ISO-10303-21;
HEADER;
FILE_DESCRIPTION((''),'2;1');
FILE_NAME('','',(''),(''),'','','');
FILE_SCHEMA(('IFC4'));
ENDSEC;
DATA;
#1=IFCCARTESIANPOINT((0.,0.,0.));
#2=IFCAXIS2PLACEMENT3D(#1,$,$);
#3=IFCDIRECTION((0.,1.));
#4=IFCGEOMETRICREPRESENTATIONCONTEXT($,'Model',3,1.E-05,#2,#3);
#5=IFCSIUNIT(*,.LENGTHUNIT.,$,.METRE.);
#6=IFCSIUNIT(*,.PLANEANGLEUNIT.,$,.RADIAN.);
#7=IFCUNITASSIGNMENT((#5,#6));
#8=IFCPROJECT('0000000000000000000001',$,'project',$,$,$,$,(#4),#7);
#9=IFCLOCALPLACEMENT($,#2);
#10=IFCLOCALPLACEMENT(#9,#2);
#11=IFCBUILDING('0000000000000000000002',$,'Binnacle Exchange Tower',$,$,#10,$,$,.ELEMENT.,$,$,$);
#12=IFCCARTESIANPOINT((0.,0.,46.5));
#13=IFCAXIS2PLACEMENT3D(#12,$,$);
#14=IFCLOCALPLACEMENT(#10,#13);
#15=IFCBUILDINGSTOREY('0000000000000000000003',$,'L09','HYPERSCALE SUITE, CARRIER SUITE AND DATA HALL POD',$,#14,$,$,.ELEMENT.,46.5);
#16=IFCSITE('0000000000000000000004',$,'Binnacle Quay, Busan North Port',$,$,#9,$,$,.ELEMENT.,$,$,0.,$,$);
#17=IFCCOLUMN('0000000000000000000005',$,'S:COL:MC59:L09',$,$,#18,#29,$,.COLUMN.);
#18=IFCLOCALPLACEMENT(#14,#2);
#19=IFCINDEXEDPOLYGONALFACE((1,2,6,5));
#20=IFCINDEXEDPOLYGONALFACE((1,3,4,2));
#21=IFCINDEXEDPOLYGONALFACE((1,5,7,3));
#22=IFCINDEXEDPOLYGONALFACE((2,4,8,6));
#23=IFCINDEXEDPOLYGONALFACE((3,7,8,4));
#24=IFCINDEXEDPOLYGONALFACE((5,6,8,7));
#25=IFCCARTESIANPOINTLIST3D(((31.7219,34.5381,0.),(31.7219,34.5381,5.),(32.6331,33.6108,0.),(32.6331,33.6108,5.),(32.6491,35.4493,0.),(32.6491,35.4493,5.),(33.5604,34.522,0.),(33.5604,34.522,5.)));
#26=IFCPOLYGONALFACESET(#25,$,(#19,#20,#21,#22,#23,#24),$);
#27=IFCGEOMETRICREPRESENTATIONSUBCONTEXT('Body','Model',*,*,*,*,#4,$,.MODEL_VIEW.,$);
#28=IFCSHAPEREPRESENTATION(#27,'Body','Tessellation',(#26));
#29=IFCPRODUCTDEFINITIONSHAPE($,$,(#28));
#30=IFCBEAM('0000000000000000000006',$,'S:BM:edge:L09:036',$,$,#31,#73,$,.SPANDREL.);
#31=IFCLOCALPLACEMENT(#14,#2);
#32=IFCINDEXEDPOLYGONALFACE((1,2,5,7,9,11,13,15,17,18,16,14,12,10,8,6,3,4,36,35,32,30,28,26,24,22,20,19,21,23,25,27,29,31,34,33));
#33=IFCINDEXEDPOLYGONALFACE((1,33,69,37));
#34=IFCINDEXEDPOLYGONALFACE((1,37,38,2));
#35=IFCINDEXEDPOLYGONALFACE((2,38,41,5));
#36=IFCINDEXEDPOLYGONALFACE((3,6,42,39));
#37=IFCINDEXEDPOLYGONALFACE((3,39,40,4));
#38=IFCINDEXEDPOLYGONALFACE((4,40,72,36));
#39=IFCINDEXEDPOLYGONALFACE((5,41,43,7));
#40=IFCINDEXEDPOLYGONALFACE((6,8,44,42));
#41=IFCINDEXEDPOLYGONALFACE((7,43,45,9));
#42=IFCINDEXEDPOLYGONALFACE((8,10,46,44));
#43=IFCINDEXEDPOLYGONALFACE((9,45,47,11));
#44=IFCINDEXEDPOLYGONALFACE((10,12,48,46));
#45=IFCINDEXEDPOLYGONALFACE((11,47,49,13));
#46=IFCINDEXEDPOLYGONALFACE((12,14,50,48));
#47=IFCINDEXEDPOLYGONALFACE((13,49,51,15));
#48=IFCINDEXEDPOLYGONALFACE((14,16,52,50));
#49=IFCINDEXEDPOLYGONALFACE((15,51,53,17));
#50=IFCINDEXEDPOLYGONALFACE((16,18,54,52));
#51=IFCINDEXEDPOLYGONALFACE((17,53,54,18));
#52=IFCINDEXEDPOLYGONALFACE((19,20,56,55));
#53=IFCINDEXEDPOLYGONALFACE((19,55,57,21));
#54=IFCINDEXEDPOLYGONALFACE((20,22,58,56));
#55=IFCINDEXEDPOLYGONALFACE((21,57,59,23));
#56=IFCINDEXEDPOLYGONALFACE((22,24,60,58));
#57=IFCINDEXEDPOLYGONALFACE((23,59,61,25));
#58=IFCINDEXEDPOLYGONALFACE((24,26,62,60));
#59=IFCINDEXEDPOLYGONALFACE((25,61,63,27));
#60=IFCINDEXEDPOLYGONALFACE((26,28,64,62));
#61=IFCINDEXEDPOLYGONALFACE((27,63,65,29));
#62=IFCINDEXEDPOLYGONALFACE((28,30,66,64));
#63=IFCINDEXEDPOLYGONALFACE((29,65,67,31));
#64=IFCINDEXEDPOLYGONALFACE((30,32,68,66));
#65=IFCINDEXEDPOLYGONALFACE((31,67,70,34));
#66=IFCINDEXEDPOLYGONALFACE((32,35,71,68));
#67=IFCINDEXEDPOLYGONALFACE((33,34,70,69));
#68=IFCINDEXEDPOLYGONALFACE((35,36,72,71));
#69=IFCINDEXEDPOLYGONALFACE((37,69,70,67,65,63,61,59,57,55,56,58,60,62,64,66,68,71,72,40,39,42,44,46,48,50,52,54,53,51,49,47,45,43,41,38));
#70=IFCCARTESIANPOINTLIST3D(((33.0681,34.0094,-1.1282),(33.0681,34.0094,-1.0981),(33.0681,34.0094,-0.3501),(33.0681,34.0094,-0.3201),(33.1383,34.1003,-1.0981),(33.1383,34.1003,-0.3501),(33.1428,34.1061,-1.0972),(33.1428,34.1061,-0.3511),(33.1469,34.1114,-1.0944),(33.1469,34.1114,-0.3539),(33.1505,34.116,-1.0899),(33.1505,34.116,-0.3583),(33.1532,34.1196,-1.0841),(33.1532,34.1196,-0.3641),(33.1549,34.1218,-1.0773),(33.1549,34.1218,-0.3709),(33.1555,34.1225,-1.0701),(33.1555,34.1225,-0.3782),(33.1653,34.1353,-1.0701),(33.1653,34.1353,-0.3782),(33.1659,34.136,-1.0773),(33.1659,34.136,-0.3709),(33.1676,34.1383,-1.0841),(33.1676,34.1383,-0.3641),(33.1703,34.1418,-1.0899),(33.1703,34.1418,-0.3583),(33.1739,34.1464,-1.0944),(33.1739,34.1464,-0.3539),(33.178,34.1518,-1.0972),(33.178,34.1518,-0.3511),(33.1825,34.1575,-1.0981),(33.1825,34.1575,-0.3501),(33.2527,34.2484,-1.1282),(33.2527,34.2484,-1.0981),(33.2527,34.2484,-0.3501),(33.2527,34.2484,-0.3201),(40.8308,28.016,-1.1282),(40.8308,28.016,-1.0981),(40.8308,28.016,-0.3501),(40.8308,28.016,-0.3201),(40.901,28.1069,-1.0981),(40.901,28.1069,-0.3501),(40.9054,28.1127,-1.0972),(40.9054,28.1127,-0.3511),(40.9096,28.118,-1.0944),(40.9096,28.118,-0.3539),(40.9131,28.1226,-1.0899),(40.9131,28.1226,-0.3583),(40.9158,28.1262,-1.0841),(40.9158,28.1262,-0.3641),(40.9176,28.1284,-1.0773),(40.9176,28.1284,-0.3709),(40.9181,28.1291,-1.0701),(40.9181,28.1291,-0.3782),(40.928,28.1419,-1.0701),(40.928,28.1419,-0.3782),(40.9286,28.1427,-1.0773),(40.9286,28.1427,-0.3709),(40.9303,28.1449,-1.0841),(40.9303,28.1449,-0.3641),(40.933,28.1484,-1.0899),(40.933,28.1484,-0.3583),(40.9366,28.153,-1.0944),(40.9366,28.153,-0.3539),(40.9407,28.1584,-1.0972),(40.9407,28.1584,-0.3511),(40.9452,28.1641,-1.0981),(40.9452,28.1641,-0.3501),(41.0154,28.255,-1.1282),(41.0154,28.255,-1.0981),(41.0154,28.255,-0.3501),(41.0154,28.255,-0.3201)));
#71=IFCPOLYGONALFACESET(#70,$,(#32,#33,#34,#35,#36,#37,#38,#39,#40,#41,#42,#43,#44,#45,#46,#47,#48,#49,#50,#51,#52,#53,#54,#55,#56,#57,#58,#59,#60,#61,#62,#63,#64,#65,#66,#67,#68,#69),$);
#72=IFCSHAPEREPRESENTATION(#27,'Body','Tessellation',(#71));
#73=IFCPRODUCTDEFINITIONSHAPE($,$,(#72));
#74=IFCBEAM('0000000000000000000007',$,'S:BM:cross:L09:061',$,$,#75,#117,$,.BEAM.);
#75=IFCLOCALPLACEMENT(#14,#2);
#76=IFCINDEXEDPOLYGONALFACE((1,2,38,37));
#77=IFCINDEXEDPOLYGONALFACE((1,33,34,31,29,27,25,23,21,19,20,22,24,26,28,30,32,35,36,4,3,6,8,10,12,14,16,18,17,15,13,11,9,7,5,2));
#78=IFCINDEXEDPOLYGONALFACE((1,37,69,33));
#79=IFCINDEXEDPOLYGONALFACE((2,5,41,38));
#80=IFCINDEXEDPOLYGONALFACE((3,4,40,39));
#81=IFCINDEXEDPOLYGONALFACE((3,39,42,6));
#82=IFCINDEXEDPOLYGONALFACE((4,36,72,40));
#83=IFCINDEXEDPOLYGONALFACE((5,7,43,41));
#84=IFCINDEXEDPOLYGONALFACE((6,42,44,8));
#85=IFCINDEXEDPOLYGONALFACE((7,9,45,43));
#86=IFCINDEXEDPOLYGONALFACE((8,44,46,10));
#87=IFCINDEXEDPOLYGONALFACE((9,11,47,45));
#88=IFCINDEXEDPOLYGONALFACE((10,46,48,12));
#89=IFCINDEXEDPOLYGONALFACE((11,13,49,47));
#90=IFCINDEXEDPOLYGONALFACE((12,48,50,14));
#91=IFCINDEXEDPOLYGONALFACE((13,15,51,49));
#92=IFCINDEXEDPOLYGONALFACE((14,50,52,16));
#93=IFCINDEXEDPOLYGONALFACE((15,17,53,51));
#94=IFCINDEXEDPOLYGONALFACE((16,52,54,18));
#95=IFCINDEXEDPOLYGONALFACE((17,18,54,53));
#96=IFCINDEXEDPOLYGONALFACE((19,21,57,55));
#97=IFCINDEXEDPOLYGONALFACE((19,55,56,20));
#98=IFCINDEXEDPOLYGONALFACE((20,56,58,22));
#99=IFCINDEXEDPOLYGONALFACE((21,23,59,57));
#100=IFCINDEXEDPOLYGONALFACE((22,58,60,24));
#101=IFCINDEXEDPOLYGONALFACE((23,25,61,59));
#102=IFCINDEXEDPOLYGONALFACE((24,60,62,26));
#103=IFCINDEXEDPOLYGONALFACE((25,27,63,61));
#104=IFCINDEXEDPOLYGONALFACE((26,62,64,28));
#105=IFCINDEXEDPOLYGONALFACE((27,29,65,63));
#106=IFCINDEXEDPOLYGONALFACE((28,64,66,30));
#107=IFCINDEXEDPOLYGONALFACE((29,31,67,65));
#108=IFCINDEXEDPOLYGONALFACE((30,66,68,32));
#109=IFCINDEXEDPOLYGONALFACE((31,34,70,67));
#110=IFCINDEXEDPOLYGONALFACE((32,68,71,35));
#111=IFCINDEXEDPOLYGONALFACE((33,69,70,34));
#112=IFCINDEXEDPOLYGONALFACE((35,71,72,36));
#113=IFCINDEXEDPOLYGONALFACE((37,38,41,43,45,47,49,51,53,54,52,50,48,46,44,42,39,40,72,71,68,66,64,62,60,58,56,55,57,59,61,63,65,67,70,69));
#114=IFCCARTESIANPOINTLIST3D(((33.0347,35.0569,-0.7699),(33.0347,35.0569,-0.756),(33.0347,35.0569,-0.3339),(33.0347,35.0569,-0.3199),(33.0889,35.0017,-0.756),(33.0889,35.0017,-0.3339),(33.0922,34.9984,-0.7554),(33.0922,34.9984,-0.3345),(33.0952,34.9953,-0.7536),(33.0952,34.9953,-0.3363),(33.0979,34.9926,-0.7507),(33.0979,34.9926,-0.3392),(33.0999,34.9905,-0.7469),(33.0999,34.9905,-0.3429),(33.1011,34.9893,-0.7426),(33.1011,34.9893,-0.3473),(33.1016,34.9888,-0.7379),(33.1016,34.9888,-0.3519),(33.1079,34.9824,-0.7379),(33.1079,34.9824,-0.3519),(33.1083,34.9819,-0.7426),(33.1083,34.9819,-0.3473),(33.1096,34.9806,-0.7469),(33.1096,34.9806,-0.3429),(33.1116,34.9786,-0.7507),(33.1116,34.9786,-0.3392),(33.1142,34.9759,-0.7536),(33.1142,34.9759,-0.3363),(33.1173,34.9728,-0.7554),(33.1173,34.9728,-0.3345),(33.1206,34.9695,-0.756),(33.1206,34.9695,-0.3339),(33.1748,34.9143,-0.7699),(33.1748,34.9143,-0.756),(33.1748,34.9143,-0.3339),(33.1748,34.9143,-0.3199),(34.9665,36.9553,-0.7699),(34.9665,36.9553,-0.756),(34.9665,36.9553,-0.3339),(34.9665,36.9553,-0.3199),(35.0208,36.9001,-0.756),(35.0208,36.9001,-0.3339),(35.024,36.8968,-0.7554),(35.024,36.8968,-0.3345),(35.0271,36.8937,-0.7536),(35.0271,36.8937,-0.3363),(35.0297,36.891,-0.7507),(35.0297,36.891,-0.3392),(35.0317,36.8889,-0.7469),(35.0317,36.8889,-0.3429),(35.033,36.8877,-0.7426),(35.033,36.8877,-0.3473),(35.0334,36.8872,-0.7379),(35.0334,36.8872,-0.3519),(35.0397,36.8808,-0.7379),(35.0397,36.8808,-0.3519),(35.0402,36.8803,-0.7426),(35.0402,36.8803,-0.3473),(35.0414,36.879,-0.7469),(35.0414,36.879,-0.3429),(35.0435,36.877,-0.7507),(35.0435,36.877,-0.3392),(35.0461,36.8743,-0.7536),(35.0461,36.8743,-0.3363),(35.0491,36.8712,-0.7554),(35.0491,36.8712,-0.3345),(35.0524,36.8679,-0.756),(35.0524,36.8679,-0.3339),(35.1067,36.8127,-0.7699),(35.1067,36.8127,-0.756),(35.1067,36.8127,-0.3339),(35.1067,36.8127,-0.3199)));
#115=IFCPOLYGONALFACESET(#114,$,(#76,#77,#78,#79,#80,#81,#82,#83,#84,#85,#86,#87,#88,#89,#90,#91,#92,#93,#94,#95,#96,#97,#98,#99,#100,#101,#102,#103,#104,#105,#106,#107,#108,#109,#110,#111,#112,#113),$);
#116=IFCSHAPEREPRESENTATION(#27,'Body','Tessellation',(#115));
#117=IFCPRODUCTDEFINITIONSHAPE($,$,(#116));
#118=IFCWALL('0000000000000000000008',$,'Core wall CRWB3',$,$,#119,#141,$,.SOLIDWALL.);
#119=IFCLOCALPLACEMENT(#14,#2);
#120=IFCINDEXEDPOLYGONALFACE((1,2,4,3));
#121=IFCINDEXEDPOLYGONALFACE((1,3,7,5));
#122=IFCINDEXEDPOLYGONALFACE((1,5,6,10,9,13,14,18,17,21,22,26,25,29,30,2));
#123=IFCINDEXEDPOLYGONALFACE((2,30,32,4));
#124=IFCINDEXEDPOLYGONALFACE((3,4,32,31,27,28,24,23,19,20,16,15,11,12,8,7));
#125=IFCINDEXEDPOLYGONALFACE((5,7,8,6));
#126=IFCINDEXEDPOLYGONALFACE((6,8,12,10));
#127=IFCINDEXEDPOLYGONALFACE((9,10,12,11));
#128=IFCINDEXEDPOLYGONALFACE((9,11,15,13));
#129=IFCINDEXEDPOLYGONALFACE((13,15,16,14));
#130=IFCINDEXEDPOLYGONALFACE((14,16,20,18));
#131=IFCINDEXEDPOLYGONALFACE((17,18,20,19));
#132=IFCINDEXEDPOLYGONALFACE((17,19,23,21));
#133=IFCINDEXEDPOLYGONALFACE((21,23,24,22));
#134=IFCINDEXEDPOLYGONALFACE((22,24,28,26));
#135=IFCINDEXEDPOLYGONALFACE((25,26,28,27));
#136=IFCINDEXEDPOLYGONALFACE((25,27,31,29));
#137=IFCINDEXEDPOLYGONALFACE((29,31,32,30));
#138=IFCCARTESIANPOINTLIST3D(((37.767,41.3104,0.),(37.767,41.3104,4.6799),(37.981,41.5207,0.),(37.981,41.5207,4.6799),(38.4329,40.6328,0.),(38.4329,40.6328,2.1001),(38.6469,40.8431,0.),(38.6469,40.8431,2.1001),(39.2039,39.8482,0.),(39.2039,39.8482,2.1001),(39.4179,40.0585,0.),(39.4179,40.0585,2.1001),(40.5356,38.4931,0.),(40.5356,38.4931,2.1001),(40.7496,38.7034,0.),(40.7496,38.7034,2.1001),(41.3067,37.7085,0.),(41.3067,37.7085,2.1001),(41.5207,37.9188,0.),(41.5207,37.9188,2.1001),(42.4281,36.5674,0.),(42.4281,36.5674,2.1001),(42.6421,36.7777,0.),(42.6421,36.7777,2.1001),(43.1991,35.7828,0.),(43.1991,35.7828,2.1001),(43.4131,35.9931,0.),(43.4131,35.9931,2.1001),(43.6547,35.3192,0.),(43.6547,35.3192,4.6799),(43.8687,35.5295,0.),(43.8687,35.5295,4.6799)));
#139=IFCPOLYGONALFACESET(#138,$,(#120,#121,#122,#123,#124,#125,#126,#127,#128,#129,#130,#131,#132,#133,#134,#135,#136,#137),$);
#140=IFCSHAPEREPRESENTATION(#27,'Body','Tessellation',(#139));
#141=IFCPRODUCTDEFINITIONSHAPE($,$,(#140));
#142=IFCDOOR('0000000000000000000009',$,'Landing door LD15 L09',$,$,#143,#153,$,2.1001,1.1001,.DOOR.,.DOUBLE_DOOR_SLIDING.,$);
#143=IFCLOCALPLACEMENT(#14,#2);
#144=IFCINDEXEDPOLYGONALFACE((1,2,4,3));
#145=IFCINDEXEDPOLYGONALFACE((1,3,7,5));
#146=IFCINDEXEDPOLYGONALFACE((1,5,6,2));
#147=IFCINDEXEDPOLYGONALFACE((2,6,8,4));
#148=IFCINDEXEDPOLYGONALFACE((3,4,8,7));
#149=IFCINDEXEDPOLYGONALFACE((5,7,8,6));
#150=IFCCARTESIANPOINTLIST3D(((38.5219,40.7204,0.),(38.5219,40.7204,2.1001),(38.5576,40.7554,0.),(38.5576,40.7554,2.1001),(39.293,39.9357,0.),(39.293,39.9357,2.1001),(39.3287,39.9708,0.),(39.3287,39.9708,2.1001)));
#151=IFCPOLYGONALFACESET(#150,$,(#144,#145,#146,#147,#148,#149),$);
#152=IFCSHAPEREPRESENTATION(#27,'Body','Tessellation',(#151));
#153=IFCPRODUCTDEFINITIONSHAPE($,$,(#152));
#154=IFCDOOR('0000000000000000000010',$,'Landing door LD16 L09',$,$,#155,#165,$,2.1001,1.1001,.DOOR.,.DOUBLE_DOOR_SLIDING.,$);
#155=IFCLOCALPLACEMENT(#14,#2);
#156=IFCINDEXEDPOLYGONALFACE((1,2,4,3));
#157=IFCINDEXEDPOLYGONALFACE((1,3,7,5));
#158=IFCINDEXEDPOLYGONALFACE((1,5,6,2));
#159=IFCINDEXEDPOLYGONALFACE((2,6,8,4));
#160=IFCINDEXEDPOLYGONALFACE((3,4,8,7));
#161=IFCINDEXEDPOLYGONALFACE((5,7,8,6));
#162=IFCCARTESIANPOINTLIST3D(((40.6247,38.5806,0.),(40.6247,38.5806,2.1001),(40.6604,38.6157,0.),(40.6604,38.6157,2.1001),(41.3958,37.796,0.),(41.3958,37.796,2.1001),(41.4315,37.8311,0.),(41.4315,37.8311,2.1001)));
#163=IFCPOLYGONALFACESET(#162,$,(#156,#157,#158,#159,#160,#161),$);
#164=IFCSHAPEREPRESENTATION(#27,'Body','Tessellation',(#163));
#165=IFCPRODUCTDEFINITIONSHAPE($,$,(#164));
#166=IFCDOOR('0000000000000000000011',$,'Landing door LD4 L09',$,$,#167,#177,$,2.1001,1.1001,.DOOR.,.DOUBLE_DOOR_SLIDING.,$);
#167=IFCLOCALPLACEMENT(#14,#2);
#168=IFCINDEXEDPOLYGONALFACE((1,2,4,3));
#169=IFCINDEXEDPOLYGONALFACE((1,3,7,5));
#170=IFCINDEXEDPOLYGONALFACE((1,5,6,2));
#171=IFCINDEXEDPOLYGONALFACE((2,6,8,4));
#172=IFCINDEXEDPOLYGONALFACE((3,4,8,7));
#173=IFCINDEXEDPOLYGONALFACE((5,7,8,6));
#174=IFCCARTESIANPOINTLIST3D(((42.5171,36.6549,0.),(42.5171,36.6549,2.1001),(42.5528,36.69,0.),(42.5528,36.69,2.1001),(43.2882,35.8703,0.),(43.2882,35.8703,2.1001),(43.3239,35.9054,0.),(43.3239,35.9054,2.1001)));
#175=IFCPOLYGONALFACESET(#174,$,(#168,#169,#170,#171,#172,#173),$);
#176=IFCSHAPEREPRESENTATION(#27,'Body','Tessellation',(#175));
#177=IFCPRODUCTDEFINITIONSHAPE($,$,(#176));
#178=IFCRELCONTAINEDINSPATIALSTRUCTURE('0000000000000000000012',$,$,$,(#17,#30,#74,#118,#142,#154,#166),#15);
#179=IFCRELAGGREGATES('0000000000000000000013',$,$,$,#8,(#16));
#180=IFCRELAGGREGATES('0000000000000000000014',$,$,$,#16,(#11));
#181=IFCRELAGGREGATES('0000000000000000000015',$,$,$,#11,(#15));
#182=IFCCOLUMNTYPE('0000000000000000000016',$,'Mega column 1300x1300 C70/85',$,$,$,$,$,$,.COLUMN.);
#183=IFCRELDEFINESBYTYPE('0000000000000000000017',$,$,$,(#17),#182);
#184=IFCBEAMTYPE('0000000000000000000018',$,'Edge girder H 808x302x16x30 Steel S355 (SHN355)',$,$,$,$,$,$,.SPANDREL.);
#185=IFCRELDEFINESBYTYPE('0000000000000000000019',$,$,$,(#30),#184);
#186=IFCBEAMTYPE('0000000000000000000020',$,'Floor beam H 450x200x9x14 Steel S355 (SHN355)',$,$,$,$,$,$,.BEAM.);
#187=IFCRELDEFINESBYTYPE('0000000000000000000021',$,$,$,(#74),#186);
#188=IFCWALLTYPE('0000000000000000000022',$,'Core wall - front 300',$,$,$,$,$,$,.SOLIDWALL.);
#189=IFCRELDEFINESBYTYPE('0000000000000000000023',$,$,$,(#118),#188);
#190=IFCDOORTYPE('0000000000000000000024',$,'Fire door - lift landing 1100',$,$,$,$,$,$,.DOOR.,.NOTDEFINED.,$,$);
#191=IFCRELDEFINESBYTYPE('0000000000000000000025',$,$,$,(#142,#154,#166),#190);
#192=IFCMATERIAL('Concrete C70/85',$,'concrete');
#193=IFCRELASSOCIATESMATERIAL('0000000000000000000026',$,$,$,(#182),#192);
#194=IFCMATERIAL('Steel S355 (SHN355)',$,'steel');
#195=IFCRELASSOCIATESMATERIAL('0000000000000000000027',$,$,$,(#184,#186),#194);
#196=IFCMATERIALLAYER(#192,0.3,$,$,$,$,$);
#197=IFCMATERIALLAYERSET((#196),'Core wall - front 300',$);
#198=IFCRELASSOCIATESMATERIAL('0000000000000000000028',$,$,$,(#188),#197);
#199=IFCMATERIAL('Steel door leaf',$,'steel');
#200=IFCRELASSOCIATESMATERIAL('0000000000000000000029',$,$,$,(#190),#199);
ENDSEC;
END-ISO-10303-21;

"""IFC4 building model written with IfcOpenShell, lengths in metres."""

from ifc_helpers import new_model, si_unit, direction, frame, frame_2d, origin, origin_2d, place, context, subcontext, project, spatial, rectangle, i_section, extrude, material, layer, layer_set, material_profile, profile_set, type_object, element, fill, save


model = new_model("IFC4")

# Units and contexts
model_context = context("Model", 3, precision=1e-05, world=origin(), true_north=direction((0.0, 1.0)))
body_context = subcontext(model_context, "Body", "Model", "MODEL_VIEW")
ifc_project = project(units=[si_unit("LENGTHUNIT", "METRE"), si_unit("PLANEANGLEUNIT", "RADIAN")], contexts=[model_context])

# Site, building, storey
site_placement = place(None, origin())
site = spatial("IfcSite", under=ifc_project, at=site_placement, Name="Binnacle Quay, Busan North Port", CompositionType="ELEMENT", RefElevation=0.0)
building_placement = place(site_placement, origin())
building = spatial("IfcBuilding", under=site, at=building_placement, Name="Binnacle Exchange Tower", CompositionType="ELEMENT")
storey_placement = place(building_placement, frame((0.0, 0.0, 46.5)))
storey = spatial("IfcBuildingStorey", under=building, at=storey_placement, Name="L09", Description="HYPERSCALE SUITE, CARRIER SUITE AND DATA HALL POD", CompositionType="ELEMENT", Elevation=46.5)

# Column
ifc_material_1 = material(Name="Concrete C70/85", Category="concrete")
ifc_material_profile_1 = material_profile(ifc_material_1, rectangle(XDim=1.3, YDim=1.3, at=origin_2d()), Name="Mega column 1300x1300 C70/85")
ifc_profile_set_1 = profile_set([ifc_material_profile_1], Name="Concrete C70/85")
column_type = type_object("IfcColumnType", Name="Mega column 1300x1300 C70/85", PredefinedType="COLUMN", material=ifc_profile_set_1)
column_placement = place(storey_placement, frame((32.6411, 34.53, 0.0), z_axis=(0.0, 0.0, 1.0), x_axis=(0.700909, -0.71325, 0.0)))
element("IfcColumn", 1, at=column_placement, inside=storey, type_object=column_type, Name="S:COL:MC59:L09", PredefinedType="COLUMN", context=body_context, shape_type="SweptSolid", body=[
    extrude(rectangle(XDim=1.3, YDim=1.3, at=origin_2d()), origin(), (0.0, 0.0, 1.0), 5.0),
])

# Beams
ifc_material_2 = material(Name="Steel S355 (SHN355)", Category="steel")
ifc_material_profile_2 = material_profile(ifc_material_2, i_section(OverallWidth=0.302, OverallDepth=0.8081, WebThickness=0.0161, FlangeThickness=0.03, FilletRadius=0.0281, at=origin_2d()), Name="H 808x302x16x30")
ifc_profile_set_2 = profile_set([ifc_material_profile_2], Name="Steel S355 (SHN355)")
beam_type_1 = type_object("IfcBeamType", Name="Edge girder H 808x302x16x30 Steel S355 (SHN355)", PredefinedType="SPANDREL", material=ifc_profile_set_2)
beam_1_placement = place(storey_placement, frame((33.1604, 34.1289, -0.7241), z_axis=(0.791533, -0.611126, 0.0), x_axis=(0.611126, 0.791533, 0.0)))
element("IfcBeam", 2, at=beam_1_placement, inside=storey, type_object=beam_type_1, Name="S:BM:edge:L09:036", PredefinedType="SPANDREL", context=body_context, shape_type="SweptSolid", body=[
    extrude(i_section(OverallWidth=0.302, OverallDepth=0.8081, WebThickness=0.0161, FlangeThickness=0.03, FilletRadius=0.0281, at=origin_2d()), origin(), (0.0, 0.0, 1.0), 9.8071),
])
ifc_material_profile_3 = material_profile(ifc_material_2, i_section(OverallWidth=0.2, OverallDepth=0.45, WebThickness=0.009, FlangeThickness=0.0139, FilletRadius=0.0181, at=origin_2d()), Name="H 450x200x9x14")
ifc_profile_set_3 = profile_set([ifc_material_profile_3], Name="Steel S355 (SHN355)")
beam_type_2 = type_object("IfcBeamType", Name="Floor beam H 450x200x9x14 Steel S355 (SHN355)", PredefinedType="BEAM", material=ifc_profile_set_3)
beam_2_placement = place(storey_placement, frame((33.1047, 34.9856, -0.5449), z_axis=(0.713254, 0.700905, 0.0), x_axis=(-0.700905, 0.713254, 0.0)))
element("IfcBeam", 3, at=beam_2_placement, inside=storey, type_object=beam_type_2, Name="S:BM:cross:L09:061", PredefinedType="BEAM", context=body_context, shape_type="SweptSolid", body=[
    extrude(i_section(OverallWidth=0.2, OverallDepth=0.45, WebThickness=0.009, FlangeThickness=0.0139, FilletRadius=0.0181, at=origin_2d()), origin(), (0.0, 0.0, 1.0), 2.7085),
])

# Wall, openings, doors
ifc_layer_1 = layer(ifc_material_1, 0.3)
ifc_layer_set_1 = layer_set([ifc_layer_1], Name="Core wall - front 300")
wall_type_1 = type_object("IfcWallType", Name="Core wall - front 300", PredefinedType="SOLIDWALL", material=ifc_layer_set_1)
wall_1_placement = place(storey_placement, frame((37.874, 41.4155, 0.0), z_axis=(0.0, 0.0, 1.0), x_axis=(0.700918, -0.713242, 0.0)))
wall_1 = element("IfcWall", 4, at=wall_1_placement, inside=storey, type_object=wall_type_1, Name="Core wall CRWB3", PredefinedType="SOLIDWALL", context=body_context, shape_type="SweptSolid", body=[
    extrude(rectangle(XDim=8.3999, YDim=0.3, at=frame_2d((4.2, 0.0))), origin(), (0.0, 0.0, 1.0), 4.6799),
])
opening_1_placement = place(wall_1_placement, frame((0.95, 0.0, 0.0)))
opening_1 = element("IfcOpeningElement", 5, at=opening_1_placement, cuts=wall_1, PredefinedType="OPENING", context=body_context, shape_type="SweptSolid", body=[
    extrude(rectangle(XDim=1.1001, YDim=2.1001, at=frame_2d((0.55, 1.05))), frame((0.0, 0.1599, 0.0), z_axis=(0.0, -1.0, 0.0), x_axis=(1.0, 0.0, 0.0)), (0.0, 0.0, 1.0), 0.3201),
])
opening_2_placement = place(wall_1_placement, frame((3.95, 0.0, 0.0)))
opening_2 = element("IfcOpeningElement", 6, at=opening_2_placement, cuts=wall_1, PredefinedType="OPENING", context=body_context, shape_type="SweptSolid", body=[
    extrude(rectangle(XDim=1.1001, YDim=2.1001, at=frame_2d((0.55, 1.05))), frame((0.0, 0.1599, 0.0), z_axis=(0.0, -1.0, 0.0), x_axis=(1.0, 0.0, 0.0)), (0.0, 0.0, 1.0), 0.3201),
])
opening_3_placement = place(wall_1_placement, frame((6.6499, 0.0, 0.0)))
opening_3 = element("IfcOpeningElement", 7, at=opening_3_placement, cuts=wall_1, PredefinedType="OPENING", context=body_context, shape_type="SweptSolid", body=[
    extrude(rectangle(XDim=1.1001, YDim=2.1001, at=frame_2d((0.55, 1.05))), frame((0.0, 0.1599, 0.0), z_axis=(0.0, -1.0, 0.0), x_axis=(1.0, 0.0, 0.0)), (0.0, 0.0, 1.0), 0.3201),
])
ifc_material_3 = material(Name="Steel door leaf", Category="steel")
door_type_1 = type_object("IfcDoorType", Name="Fire door - lift landing 1100", OperationType="NOTDEFINED", PredefinedType="DOOR", material=ifc_material_3)
door_1_placement = place(opening_1_placement, origin())
door_1 = element("IfcDoor", 8, at=door_1_placement, inside=storey, type_object=door_type_1, Name="Landing door LD15 L09", OperationType="DOUBLE_DOOR_SLIDING", OverallHeight=2.1001, OverallWidth=1.1001, PredefinedType="DOOR", context=body_context, shape_type="SweptSolid", body=[
    extrude(rectangle(XDim=1.1001, YDim=2.1001, at=frame_2d((0.55, 1.05))), frame((0.0, 0.0249, 0.0), z_axis=(0.0, -1.0, 0.0), x_axis=(1.0, 0.0, 0.0)), (0.0, 0.0, 1.0), 0.05),
])
fill(opening_1, door_1)
door_2_placement = place(opening_2_placement, origin())
door_2 = element("IfcDoor", 9, at=door_2_placement, inside=storey, type_object=door_type_1, Name="Landing door LD16 L09", OperationType="DOUBLE_DOOR_SLIDING", OverallHeight=2.1001, OverallWidth=1.1001, PredefinedType="DOOR", context=body_context, shape_type="SweptSolid", body=[
    extrude(rectangle(XDim=1.1001, YDim=2.1001, at=frame_2d((0.55, 1.05))), frame((0.0, 0.0249, 0.0), z_axis=(0.0, -1.0, 0.0), x_axis=(1.0, 0.0, 0.0)), (0.0, 0.0, 1.0), 0.05),
])
fill(opening_2, door_2)
door_3_placement = place(opening_3_placement, origin())
door_3 = element("IfcDoor", 10, at=door_3_placement, inside=storey, type_object=door_type_1, Name="Landing door LD4 L09", OperationType="DOUBLE_DOOR_SLIDING", OverallHeight=2.1001, OverallWidth=1.1001, PredefinedType="DOOR", context=body_context, shape_type="SweptSolid", body=[
    extrude(rectangle(XDim=1.1001, YDim=2.1001, at=frame_2d((0.55, 1.05))), frame((0.0, 0.0249, 0.0), z_axis=(0.0, -1.0, 0.0), x_axis=(1.0, 0.0, 0.0)), (0.0, 0.0, 1.0), 0.05),
])
fill(opening_3, door_3)

save(model, "model.ifc")
